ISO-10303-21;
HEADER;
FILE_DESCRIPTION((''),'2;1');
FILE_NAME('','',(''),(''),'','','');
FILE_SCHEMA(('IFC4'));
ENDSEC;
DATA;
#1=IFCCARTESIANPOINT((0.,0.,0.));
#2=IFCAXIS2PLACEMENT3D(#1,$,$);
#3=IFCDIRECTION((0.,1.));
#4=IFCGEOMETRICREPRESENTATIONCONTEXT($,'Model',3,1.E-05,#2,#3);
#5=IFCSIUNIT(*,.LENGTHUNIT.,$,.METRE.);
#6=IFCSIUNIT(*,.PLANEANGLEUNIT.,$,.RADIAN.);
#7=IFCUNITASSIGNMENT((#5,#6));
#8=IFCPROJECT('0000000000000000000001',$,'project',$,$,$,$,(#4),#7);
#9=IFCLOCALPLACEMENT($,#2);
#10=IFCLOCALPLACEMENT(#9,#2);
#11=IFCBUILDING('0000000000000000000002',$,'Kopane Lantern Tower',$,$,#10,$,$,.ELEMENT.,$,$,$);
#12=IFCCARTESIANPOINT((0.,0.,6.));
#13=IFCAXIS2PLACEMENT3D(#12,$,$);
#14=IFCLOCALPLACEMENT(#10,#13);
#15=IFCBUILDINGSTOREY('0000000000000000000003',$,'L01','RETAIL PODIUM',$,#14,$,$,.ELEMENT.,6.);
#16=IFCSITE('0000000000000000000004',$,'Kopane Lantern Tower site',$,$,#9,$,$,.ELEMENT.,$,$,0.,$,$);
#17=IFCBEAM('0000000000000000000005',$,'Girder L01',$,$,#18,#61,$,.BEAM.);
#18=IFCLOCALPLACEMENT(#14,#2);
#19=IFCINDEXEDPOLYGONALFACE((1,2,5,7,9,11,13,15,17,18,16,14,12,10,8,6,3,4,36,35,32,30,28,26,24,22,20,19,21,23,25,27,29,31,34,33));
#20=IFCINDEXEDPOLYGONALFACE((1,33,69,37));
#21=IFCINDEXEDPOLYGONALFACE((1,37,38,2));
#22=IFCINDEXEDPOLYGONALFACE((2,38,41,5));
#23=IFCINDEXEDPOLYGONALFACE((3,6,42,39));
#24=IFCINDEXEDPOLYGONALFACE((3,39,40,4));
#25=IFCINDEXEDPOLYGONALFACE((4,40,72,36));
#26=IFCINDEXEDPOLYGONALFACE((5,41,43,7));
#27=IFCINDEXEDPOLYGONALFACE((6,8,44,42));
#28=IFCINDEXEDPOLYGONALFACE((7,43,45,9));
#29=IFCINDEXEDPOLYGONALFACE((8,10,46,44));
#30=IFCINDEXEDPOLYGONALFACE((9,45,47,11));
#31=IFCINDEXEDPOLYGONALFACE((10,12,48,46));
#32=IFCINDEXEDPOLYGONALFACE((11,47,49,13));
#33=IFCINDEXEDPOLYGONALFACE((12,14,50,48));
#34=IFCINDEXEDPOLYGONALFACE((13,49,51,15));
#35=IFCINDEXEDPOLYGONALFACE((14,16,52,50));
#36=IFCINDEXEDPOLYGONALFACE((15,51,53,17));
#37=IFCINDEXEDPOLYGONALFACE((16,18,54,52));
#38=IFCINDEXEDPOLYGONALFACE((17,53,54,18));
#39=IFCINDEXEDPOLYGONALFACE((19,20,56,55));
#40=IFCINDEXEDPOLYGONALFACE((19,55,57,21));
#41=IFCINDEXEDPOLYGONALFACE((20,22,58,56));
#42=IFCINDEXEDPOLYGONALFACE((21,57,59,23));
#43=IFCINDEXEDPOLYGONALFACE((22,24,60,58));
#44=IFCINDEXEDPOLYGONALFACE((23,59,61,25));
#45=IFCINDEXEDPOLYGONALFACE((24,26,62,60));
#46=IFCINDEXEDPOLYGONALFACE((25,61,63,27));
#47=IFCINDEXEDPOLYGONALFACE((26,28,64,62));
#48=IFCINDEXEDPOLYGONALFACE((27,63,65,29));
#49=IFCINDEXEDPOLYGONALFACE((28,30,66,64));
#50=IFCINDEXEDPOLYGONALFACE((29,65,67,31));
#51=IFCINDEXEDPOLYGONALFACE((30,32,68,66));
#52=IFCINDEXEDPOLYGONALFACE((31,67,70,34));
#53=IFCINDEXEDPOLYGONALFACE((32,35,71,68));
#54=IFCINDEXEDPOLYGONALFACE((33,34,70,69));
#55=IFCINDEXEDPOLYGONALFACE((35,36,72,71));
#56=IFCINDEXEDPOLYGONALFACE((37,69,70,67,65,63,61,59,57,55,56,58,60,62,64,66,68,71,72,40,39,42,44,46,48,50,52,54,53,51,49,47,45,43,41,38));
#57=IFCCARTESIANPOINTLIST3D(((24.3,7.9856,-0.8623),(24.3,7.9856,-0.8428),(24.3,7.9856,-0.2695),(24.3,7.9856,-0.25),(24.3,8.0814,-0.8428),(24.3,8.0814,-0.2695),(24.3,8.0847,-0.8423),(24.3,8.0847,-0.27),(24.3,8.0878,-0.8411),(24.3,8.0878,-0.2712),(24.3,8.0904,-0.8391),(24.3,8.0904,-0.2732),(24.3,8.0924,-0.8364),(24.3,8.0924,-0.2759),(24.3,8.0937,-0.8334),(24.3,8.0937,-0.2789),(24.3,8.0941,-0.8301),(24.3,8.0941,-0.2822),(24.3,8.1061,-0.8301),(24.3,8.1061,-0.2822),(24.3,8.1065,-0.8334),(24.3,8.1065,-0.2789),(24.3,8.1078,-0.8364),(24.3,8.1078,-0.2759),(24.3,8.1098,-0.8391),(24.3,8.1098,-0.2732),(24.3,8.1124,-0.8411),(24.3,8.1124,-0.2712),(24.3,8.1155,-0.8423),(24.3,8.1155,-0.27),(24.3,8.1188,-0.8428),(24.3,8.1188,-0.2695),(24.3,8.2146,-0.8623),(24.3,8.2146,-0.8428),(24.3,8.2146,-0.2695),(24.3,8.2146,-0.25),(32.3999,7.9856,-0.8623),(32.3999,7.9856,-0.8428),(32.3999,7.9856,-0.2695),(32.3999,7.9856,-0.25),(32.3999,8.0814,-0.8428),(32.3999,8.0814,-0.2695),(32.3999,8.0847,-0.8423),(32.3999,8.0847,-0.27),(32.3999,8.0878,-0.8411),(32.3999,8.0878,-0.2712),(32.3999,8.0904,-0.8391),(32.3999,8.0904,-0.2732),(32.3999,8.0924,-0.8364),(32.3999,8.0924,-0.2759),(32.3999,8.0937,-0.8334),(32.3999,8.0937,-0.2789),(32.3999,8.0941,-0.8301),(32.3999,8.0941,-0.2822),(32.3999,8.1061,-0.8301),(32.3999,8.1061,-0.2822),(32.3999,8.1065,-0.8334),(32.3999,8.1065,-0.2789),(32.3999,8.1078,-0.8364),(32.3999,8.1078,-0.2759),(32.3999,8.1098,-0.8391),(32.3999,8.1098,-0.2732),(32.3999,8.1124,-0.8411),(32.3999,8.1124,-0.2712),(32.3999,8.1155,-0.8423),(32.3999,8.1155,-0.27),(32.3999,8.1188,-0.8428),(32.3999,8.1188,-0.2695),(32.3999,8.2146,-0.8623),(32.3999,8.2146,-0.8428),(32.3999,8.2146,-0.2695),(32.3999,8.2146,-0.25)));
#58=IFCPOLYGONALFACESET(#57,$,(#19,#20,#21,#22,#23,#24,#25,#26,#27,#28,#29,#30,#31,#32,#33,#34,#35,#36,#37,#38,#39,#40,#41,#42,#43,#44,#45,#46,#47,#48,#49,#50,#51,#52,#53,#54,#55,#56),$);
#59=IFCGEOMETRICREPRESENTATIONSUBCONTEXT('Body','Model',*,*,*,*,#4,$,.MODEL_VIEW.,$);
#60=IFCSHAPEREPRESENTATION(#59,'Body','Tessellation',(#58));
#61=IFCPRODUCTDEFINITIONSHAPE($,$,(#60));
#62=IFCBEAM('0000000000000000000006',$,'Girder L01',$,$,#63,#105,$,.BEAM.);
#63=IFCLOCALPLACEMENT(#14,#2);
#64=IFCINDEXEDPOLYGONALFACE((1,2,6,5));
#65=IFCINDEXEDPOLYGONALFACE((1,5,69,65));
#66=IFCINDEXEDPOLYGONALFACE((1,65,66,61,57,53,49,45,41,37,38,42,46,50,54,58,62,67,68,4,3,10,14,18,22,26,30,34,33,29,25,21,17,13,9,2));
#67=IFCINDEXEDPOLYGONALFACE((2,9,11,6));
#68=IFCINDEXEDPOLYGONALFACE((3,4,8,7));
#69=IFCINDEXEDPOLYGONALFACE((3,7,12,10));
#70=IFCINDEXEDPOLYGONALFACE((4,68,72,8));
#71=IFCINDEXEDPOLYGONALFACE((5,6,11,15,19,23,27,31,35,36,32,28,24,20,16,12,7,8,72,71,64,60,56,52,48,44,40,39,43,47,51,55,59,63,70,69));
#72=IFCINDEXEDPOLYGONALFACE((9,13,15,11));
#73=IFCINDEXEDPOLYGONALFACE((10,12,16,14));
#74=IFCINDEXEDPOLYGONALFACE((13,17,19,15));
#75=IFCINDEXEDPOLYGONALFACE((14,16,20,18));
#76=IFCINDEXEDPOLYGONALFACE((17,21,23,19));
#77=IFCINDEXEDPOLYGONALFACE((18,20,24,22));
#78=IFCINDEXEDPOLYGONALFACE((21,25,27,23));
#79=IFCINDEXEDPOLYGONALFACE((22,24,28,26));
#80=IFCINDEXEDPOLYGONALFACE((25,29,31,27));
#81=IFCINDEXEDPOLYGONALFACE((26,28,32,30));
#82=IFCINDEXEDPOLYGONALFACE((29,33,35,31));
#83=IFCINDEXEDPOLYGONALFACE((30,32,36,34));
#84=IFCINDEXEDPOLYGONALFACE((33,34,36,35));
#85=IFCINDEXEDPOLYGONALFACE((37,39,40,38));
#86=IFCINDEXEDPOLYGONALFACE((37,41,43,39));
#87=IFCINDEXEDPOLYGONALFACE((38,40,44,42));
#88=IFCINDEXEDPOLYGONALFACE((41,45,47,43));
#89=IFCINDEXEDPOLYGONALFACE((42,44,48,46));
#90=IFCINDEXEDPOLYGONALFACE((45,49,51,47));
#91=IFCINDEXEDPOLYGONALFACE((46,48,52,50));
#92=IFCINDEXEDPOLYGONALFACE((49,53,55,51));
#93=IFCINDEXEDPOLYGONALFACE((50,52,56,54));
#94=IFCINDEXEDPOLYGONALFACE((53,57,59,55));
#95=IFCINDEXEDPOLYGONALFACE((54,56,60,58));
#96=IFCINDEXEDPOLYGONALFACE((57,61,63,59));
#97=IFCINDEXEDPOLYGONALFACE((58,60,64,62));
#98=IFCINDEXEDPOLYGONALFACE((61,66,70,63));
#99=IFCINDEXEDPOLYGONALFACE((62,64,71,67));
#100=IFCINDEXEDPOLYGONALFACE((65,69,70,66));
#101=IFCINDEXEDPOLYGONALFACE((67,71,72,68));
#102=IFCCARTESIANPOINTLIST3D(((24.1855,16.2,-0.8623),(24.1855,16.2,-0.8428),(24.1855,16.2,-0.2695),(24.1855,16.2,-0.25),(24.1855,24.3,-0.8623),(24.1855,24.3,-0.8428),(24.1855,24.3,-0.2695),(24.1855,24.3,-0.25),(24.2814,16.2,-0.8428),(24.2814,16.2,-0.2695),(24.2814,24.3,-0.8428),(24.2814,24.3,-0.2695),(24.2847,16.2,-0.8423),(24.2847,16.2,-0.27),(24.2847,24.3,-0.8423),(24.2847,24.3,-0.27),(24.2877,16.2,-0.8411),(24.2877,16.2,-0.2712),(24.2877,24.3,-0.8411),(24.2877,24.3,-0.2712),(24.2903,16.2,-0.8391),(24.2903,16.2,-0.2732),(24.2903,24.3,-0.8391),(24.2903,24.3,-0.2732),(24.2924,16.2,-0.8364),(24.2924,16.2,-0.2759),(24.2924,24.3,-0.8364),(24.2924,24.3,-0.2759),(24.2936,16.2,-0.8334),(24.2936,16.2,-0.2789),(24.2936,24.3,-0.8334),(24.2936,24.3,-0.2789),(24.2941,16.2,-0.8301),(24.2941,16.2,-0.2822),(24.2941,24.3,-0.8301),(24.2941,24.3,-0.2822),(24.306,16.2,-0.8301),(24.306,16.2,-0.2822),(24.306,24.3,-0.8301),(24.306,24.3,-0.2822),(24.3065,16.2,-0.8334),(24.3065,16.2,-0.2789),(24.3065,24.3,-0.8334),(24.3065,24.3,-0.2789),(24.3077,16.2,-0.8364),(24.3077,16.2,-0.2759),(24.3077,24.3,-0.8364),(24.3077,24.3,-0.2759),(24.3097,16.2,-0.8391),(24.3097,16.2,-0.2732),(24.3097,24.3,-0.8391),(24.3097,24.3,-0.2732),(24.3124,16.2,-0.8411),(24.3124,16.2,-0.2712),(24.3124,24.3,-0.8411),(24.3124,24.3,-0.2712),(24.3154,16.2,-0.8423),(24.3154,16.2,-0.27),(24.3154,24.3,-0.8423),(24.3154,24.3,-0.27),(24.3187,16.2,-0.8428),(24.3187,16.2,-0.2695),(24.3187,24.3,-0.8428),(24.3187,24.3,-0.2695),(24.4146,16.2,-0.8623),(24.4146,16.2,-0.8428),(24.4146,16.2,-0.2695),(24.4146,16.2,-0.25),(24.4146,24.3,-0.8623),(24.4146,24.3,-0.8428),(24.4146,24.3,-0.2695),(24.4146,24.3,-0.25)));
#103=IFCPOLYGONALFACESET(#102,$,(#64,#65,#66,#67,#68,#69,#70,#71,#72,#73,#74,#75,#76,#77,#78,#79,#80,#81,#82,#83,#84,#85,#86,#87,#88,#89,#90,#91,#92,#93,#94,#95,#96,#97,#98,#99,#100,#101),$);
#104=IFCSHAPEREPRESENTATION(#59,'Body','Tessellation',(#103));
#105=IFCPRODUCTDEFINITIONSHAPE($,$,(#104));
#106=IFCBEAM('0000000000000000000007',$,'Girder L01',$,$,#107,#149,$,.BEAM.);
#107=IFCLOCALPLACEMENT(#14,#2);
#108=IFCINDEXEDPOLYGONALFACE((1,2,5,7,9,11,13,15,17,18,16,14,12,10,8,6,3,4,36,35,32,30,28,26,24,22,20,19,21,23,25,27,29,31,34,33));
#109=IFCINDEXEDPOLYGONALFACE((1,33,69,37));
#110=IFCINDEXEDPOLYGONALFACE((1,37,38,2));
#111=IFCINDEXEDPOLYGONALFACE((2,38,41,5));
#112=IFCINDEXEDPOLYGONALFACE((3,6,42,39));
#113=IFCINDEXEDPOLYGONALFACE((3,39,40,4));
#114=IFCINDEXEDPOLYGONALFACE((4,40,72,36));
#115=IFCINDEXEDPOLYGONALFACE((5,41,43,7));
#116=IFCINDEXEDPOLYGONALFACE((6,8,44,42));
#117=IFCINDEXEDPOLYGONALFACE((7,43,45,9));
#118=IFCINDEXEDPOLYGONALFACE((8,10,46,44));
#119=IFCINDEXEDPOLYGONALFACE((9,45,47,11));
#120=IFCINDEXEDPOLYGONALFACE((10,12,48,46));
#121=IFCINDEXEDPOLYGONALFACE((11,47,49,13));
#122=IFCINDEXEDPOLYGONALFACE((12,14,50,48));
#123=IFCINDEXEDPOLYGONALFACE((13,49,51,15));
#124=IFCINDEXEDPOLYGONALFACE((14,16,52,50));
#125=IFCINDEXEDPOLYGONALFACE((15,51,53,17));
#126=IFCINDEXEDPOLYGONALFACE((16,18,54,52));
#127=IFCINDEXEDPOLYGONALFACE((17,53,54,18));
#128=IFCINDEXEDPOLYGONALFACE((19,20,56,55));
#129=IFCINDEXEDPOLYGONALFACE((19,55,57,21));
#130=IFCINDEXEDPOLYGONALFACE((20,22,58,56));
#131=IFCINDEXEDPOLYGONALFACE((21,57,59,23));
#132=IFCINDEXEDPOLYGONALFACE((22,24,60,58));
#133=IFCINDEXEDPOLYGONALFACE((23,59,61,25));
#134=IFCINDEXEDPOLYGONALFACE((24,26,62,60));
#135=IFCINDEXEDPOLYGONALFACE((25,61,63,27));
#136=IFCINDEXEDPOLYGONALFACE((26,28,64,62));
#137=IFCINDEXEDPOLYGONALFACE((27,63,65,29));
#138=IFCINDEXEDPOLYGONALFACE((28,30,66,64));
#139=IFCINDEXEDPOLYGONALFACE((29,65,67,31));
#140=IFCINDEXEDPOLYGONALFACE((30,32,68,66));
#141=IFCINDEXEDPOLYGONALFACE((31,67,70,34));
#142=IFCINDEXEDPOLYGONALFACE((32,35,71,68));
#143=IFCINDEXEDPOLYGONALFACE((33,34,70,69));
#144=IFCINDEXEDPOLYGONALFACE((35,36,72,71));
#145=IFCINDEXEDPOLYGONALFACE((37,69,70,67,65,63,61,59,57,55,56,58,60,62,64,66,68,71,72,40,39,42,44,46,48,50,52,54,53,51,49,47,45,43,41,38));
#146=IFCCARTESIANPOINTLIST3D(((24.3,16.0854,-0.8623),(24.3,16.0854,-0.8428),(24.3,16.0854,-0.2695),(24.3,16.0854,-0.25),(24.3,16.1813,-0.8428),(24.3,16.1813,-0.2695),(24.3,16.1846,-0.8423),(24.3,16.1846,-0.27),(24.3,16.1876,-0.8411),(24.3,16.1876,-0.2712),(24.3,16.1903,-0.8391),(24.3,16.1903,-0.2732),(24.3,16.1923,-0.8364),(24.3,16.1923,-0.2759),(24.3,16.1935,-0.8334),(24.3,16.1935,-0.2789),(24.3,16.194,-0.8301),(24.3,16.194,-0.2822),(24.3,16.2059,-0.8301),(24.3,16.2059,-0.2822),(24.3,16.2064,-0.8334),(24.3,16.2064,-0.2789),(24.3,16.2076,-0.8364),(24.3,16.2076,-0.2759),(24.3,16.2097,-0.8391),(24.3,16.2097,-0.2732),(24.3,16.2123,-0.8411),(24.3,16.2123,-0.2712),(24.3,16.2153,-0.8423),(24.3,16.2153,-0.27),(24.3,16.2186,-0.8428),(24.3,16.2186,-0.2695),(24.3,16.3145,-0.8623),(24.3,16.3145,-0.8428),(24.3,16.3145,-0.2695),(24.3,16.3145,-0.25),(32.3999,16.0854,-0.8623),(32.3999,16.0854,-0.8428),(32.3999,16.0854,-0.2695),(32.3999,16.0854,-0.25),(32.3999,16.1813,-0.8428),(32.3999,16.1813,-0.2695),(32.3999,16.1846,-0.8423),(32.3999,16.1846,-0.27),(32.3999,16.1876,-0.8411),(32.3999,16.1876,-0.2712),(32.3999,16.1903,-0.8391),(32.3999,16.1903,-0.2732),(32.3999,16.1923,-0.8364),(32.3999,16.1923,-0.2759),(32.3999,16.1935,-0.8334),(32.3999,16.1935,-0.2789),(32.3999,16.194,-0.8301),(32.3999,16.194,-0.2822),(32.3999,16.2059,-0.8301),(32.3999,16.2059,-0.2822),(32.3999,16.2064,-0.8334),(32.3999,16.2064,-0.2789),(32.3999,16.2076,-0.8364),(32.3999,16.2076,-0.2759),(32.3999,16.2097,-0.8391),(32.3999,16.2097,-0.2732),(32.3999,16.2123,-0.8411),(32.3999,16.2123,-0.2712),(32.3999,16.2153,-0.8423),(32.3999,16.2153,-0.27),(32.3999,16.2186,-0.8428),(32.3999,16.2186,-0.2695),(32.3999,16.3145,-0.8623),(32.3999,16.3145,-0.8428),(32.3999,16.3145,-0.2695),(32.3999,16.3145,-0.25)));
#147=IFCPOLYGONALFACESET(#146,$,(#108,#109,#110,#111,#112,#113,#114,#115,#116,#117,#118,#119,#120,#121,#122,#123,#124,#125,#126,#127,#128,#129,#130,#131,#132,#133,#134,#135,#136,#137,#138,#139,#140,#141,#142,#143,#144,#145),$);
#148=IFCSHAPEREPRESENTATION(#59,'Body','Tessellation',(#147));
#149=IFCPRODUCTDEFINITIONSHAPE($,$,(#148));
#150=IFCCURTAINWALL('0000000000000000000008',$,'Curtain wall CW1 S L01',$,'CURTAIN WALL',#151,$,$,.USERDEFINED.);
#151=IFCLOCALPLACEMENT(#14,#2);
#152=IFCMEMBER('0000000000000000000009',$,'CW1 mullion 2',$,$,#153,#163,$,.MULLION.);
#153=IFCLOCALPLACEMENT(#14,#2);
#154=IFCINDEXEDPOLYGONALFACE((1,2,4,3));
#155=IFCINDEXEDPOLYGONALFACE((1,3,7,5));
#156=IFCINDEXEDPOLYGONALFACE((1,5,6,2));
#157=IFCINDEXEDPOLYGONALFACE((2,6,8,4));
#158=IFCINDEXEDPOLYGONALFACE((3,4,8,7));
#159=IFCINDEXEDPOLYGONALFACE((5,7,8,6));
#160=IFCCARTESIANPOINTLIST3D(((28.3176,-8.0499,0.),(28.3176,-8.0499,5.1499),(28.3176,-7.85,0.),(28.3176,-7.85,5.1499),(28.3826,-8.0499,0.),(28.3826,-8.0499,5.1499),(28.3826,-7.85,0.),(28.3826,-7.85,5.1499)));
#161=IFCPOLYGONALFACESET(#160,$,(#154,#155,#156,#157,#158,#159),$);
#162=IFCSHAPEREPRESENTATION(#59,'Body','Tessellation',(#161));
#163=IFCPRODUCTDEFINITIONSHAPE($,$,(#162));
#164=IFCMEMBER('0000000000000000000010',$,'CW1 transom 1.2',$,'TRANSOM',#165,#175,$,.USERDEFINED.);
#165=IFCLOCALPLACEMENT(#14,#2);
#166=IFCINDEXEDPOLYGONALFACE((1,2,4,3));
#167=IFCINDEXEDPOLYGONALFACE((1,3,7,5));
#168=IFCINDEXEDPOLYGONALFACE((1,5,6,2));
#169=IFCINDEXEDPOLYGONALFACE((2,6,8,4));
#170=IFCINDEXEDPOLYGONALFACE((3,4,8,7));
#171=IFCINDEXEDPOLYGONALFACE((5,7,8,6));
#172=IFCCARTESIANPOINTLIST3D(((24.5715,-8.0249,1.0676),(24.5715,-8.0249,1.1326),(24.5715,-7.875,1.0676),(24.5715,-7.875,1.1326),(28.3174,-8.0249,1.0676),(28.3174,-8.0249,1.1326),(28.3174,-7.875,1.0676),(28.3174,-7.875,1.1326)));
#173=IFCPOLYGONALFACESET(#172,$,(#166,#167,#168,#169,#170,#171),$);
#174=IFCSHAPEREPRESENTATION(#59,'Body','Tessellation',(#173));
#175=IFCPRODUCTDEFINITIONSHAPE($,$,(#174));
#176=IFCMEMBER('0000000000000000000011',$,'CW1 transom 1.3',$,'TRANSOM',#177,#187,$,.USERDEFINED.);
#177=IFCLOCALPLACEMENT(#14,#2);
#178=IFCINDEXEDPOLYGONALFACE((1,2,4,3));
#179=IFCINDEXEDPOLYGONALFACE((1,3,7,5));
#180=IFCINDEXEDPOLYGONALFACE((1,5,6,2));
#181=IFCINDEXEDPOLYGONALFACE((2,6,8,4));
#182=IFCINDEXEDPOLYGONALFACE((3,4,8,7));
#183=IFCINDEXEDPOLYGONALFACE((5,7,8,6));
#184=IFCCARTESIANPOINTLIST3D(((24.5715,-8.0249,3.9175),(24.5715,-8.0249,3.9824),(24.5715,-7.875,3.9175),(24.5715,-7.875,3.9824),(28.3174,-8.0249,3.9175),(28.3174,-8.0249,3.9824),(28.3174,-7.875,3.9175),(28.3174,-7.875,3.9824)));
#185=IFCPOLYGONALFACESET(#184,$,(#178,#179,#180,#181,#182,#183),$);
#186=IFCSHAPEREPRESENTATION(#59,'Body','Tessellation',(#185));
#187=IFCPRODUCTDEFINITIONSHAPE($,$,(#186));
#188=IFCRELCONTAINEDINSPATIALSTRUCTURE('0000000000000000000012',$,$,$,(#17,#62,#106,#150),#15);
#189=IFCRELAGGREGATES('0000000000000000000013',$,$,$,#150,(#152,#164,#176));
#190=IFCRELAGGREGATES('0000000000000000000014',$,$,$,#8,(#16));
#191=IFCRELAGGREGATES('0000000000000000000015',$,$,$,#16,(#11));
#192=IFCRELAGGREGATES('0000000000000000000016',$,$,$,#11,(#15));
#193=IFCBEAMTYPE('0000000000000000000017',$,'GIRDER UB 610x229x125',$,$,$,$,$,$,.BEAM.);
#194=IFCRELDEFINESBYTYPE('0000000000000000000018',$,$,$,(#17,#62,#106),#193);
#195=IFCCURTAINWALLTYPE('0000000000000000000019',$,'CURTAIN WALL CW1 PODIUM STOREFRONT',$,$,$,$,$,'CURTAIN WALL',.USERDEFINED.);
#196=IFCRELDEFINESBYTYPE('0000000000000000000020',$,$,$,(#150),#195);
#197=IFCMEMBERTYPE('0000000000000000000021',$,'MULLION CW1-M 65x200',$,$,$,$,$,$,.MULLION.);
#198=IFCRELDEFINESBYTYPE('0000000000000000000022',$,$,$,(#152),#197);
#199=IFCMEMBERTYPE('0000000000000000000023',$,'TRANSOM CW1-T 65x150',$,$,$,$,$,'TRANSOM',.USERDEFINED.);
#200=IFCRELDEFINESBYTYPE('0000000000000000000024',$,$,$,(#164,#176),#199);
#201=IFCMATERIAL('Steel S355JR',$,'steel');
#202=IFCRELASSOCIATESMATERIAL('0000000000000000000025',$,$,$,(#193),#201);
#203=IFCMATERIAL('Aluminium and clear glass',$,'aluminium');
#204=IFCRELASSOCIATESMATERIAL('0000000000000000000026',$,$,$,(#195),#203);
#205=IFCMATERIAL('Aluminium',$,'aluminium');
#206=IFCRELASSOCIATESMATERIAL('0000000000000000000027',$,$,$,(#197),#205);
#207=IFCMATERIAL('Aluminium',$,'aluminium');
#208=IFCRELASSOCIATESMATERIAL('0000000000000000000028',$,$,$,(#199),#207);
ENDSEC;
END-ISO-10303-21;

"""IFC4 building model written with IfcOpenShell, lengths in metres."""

from ifc_helpers import new_model, si_unit, direction, frame, origin, origin_2d, place, context, subcontext, project, spatial, rectangle, i_section, extrude, material, material_profile, profile_set, type_object, element, aggregate, save


model = new_model("IFC4")

# Units and contexts
model_context = context("Model", 3, precision=1e-05, world=origin(), true_north=direction((0.0, 1.0)))
body_context = subcontext(model_context, "Body", "Model", "MODEL_VIEW")
ifc_project = project(units=[si_unit("LENGTHUNIT", "METRE"), si_unit("PLANEANGLEUNIT", "RADIAN")], contexts=[model_context])

# Site, building, storey
site_placement = place(None, origin())
site = spatial("IfcSite", under=ifc_project, at=site_placement, Name="Kopane Lantern Tower site", CompositionType="ELEMENT", RefElevation=0.0)
building_placement = place(site_placement, origin())
building = spatial("IfcBuilding", under=site, at=building_placement, Name="Kopane Lantern Tower", CompositionType="ELEMENT")
storey_placement = place(building_placement, frame((0.0, 0.0, 6.0)))
storey = spatial("IfcBuildingStorey", under=building, at=storey_placement, Name="L01", Description="RETAIL PODIUM", CompositionType="ELEMENT", Elevation=6.0)

# Beams
ifc_material_1 = material(Name="Steel S355JR", Category="steel")
ifc_material_profile_1 = material_profile(ifc_material_1, i_section(OverallWidth=0.229, OverallDepth=0.6123, WebThickness=0.012, FlangeThickness=0.0195, FilletRadius=0.0127, at=origin_2d()), Name="UB 610x229x125")
ifc_profile_set_1 = profile_set([ifc_material_profile_1], Name="Steel S355JR")
beam_type = type_object("IfcBeamType", Name="GIRDER UB 610x229x125", PredefinedType="BEAM", material=ifc_profile_set_1)
for number, where, z_axis, x_axis, name in (
    (1, (24.3, 8.1001, -0.5562), (1.0, 0.0, 0.0), (0.0, 1.0, 0.0), "Girder L01"),
):
    element("IfcBeam", number, at=place(storey_placement, frame(where, z_axis=z_axis, x_axis=x_axis)), inside=storey, type_object=beam_type, Name=name, PredefinedType="BEAM", context=body_context, shape_type="SweptSolid", body=[
        extrude(i_section(OverallWidth=0.229, OverallDepth=0.6123, WebThickness=0.012, FlangeThickness=0.0195, FilletRadius=0.0127, at=origin_2d()), origin(), (0.0, 0.0, 1.0), 8.0999),
    ])
beam_1_placement = place(storey_placement, frame((24.3, 16.2, -0.5562), z_axis=(0.0, 1.0, 0.0), x_axis=(-1.0, 0.0, 0.0)))
element("IfcBeam", 2, at=beam_1_placement, inside=storey, type_object=beam_type, Name="Girder L01", PredefinedType="BEAM", context=body_context, shape_type="SweptSolid", body=[
    extrude(i_section(OverallWidth=0.229, OverallDepth=0.6123, WebThickness=0.012, FlangeThickness=0.0195, FilletRadius=0.0127, at=origin_2d()), origin(), (0.0, 0.0, 1.0), 8.1001),
])
beam_2_placement = place(storey_placement, frame((24.3, 16.2, -0.5562), z_axis=(1.0, 0.0, 0.0), x_axis=(0.0, 1.0, 0.0)))
element("IfcBeam", 3, at=beam_2_placement, inside=storey, type_object=beam_type, Name="Girder L01", PredefinedType="BEAM", context=body_context, shape_type="SweptSolid", body=[
    extrude(i_section(OverallWidth=0.229, OverallDepth=0.6123, WebThickness=0.012, FlangeThickness=0.0195, FilletRadius=0.0127, at=origin_2d()), origin(), (0.0, 0.0, 1.0), 8.0999),
])

# Curtain wall, members
ifc_material_2 = material(Name="Aluminium and clear glass", Category="aluminium")
curtain_wall_type = type_object("IfcCurtainWallType", Name="CURTAIN WALL CW1 PODIUM STOREFRONT", ElementType="CURTAIN WALL", PredefinedType="USERDEFINED", material=ifc_material_2)
curtain_wall_placement = place(storey_placement, origin())
curtain_wall = element("IfcCurtainWall", 4, at=curtain_wall_placement, inside=storey, type_object=curtain_wall_type, Name="Curtain wall CW1 S L01", ObjectType="CURTAIN WALL", PredefinedType="USERDEFINED")
ifc_material_3 = material(Name="Aluminium", Category="aluminium")
ifc_material_profile_2 = material_profile(ifc_material_3, rectangle(XDim=0.0649, YDim=0.2, at=origin_2d()), Name="AL 65x200")
ifc_profile_set_2 = profile_set([ifc_material_profile_2], Name="Aluminium")
member_type_1 = type_object("IfcMemberType", Name="MULLION CW1-M 65x200", PredefinedType="MULLION", material=ifc_profile_set_2)
member_1_placement = place(storey_placement, frame((28.3501, -7.95, 0.0), z_axis=(0.0, 0.0, 1.0), x_axis=(1.0, 0.0, 0.0)))
member_1 = element("IfcMember", 5, at=member_1_placement, type_object=member_type_1, Name="CW1 mullion 2", PredefinedType="MULLION", context=body_context, shape_type="SweptSolid", body=[
    extrude(rectangle(XDim=0.0649, YDim=0.2, at=origin_2d()), origin(), (0.0, 0.0, 1.0), 5.1499),
])
ifc_material_4 = material(Name="Aluminium", Category="aluminium")
ifc_material_profile_3 = material_profile(ifc_material_4, rectangle(XDim=0.1499, YDim=0.0649, at=origin_2d()), Name="AL 150x65")
ifc_profile_set_3 = profile_set([ifc_material_profile_3], Name="Aluminium")
member_type_2 = type_object("IfcMemberType", Name="TRANSOM CW1-T 65x150", ElementType="TRANSOM", PredefinedType="USERDEFINED", material=ifc_profile_set_3)
member_2_placement = place(storey_placement, frame((24.5715, -7.95, 1.1001), z_axis=(1.0, 0.0, 0.0), x_axis=(0.0, 1.0, 0.0)))
member_2 = element("IfcMember", 6, at=member_2_placement, type_object=member_type_2, Name="CW1 transom 1.2", ObjectType="TRANSOM", PredefinedType="USERDEFINED", context=body_context, shape_type="SweptSolid", body=[
    extrude(rectangle(XDim=0.1499, YDim=0.0649, at=origin_2d()), origin(), (0.0, 0.0, 1.0), 3.7458),
])
member_3_placement = place(storey_placement, frame((24.5715, -7.95, 3.95), z_axis=(1.0, 0.0, 0.0), x_axis=(0.0, 1.0, 0.0)))
member_3 = element("IfcMember", 7, at=member_3_placement, type_object=member_type_2, Name="CW1 transom 1.3", ObjectType="TRANSOM", PredefinedType="USERDEFINED", context=body_context, shape_type="SweptSolid", body=[
    extrude(rectangle(XDim=0.1499, YDim=0.0649, at=origin_2d()), origin(), (0.0, 0.0, 1.0), 3.7458),
])
aggregate(curtain_wall, [member_1, member_2, member_3])

save(model, "model.ifc")
